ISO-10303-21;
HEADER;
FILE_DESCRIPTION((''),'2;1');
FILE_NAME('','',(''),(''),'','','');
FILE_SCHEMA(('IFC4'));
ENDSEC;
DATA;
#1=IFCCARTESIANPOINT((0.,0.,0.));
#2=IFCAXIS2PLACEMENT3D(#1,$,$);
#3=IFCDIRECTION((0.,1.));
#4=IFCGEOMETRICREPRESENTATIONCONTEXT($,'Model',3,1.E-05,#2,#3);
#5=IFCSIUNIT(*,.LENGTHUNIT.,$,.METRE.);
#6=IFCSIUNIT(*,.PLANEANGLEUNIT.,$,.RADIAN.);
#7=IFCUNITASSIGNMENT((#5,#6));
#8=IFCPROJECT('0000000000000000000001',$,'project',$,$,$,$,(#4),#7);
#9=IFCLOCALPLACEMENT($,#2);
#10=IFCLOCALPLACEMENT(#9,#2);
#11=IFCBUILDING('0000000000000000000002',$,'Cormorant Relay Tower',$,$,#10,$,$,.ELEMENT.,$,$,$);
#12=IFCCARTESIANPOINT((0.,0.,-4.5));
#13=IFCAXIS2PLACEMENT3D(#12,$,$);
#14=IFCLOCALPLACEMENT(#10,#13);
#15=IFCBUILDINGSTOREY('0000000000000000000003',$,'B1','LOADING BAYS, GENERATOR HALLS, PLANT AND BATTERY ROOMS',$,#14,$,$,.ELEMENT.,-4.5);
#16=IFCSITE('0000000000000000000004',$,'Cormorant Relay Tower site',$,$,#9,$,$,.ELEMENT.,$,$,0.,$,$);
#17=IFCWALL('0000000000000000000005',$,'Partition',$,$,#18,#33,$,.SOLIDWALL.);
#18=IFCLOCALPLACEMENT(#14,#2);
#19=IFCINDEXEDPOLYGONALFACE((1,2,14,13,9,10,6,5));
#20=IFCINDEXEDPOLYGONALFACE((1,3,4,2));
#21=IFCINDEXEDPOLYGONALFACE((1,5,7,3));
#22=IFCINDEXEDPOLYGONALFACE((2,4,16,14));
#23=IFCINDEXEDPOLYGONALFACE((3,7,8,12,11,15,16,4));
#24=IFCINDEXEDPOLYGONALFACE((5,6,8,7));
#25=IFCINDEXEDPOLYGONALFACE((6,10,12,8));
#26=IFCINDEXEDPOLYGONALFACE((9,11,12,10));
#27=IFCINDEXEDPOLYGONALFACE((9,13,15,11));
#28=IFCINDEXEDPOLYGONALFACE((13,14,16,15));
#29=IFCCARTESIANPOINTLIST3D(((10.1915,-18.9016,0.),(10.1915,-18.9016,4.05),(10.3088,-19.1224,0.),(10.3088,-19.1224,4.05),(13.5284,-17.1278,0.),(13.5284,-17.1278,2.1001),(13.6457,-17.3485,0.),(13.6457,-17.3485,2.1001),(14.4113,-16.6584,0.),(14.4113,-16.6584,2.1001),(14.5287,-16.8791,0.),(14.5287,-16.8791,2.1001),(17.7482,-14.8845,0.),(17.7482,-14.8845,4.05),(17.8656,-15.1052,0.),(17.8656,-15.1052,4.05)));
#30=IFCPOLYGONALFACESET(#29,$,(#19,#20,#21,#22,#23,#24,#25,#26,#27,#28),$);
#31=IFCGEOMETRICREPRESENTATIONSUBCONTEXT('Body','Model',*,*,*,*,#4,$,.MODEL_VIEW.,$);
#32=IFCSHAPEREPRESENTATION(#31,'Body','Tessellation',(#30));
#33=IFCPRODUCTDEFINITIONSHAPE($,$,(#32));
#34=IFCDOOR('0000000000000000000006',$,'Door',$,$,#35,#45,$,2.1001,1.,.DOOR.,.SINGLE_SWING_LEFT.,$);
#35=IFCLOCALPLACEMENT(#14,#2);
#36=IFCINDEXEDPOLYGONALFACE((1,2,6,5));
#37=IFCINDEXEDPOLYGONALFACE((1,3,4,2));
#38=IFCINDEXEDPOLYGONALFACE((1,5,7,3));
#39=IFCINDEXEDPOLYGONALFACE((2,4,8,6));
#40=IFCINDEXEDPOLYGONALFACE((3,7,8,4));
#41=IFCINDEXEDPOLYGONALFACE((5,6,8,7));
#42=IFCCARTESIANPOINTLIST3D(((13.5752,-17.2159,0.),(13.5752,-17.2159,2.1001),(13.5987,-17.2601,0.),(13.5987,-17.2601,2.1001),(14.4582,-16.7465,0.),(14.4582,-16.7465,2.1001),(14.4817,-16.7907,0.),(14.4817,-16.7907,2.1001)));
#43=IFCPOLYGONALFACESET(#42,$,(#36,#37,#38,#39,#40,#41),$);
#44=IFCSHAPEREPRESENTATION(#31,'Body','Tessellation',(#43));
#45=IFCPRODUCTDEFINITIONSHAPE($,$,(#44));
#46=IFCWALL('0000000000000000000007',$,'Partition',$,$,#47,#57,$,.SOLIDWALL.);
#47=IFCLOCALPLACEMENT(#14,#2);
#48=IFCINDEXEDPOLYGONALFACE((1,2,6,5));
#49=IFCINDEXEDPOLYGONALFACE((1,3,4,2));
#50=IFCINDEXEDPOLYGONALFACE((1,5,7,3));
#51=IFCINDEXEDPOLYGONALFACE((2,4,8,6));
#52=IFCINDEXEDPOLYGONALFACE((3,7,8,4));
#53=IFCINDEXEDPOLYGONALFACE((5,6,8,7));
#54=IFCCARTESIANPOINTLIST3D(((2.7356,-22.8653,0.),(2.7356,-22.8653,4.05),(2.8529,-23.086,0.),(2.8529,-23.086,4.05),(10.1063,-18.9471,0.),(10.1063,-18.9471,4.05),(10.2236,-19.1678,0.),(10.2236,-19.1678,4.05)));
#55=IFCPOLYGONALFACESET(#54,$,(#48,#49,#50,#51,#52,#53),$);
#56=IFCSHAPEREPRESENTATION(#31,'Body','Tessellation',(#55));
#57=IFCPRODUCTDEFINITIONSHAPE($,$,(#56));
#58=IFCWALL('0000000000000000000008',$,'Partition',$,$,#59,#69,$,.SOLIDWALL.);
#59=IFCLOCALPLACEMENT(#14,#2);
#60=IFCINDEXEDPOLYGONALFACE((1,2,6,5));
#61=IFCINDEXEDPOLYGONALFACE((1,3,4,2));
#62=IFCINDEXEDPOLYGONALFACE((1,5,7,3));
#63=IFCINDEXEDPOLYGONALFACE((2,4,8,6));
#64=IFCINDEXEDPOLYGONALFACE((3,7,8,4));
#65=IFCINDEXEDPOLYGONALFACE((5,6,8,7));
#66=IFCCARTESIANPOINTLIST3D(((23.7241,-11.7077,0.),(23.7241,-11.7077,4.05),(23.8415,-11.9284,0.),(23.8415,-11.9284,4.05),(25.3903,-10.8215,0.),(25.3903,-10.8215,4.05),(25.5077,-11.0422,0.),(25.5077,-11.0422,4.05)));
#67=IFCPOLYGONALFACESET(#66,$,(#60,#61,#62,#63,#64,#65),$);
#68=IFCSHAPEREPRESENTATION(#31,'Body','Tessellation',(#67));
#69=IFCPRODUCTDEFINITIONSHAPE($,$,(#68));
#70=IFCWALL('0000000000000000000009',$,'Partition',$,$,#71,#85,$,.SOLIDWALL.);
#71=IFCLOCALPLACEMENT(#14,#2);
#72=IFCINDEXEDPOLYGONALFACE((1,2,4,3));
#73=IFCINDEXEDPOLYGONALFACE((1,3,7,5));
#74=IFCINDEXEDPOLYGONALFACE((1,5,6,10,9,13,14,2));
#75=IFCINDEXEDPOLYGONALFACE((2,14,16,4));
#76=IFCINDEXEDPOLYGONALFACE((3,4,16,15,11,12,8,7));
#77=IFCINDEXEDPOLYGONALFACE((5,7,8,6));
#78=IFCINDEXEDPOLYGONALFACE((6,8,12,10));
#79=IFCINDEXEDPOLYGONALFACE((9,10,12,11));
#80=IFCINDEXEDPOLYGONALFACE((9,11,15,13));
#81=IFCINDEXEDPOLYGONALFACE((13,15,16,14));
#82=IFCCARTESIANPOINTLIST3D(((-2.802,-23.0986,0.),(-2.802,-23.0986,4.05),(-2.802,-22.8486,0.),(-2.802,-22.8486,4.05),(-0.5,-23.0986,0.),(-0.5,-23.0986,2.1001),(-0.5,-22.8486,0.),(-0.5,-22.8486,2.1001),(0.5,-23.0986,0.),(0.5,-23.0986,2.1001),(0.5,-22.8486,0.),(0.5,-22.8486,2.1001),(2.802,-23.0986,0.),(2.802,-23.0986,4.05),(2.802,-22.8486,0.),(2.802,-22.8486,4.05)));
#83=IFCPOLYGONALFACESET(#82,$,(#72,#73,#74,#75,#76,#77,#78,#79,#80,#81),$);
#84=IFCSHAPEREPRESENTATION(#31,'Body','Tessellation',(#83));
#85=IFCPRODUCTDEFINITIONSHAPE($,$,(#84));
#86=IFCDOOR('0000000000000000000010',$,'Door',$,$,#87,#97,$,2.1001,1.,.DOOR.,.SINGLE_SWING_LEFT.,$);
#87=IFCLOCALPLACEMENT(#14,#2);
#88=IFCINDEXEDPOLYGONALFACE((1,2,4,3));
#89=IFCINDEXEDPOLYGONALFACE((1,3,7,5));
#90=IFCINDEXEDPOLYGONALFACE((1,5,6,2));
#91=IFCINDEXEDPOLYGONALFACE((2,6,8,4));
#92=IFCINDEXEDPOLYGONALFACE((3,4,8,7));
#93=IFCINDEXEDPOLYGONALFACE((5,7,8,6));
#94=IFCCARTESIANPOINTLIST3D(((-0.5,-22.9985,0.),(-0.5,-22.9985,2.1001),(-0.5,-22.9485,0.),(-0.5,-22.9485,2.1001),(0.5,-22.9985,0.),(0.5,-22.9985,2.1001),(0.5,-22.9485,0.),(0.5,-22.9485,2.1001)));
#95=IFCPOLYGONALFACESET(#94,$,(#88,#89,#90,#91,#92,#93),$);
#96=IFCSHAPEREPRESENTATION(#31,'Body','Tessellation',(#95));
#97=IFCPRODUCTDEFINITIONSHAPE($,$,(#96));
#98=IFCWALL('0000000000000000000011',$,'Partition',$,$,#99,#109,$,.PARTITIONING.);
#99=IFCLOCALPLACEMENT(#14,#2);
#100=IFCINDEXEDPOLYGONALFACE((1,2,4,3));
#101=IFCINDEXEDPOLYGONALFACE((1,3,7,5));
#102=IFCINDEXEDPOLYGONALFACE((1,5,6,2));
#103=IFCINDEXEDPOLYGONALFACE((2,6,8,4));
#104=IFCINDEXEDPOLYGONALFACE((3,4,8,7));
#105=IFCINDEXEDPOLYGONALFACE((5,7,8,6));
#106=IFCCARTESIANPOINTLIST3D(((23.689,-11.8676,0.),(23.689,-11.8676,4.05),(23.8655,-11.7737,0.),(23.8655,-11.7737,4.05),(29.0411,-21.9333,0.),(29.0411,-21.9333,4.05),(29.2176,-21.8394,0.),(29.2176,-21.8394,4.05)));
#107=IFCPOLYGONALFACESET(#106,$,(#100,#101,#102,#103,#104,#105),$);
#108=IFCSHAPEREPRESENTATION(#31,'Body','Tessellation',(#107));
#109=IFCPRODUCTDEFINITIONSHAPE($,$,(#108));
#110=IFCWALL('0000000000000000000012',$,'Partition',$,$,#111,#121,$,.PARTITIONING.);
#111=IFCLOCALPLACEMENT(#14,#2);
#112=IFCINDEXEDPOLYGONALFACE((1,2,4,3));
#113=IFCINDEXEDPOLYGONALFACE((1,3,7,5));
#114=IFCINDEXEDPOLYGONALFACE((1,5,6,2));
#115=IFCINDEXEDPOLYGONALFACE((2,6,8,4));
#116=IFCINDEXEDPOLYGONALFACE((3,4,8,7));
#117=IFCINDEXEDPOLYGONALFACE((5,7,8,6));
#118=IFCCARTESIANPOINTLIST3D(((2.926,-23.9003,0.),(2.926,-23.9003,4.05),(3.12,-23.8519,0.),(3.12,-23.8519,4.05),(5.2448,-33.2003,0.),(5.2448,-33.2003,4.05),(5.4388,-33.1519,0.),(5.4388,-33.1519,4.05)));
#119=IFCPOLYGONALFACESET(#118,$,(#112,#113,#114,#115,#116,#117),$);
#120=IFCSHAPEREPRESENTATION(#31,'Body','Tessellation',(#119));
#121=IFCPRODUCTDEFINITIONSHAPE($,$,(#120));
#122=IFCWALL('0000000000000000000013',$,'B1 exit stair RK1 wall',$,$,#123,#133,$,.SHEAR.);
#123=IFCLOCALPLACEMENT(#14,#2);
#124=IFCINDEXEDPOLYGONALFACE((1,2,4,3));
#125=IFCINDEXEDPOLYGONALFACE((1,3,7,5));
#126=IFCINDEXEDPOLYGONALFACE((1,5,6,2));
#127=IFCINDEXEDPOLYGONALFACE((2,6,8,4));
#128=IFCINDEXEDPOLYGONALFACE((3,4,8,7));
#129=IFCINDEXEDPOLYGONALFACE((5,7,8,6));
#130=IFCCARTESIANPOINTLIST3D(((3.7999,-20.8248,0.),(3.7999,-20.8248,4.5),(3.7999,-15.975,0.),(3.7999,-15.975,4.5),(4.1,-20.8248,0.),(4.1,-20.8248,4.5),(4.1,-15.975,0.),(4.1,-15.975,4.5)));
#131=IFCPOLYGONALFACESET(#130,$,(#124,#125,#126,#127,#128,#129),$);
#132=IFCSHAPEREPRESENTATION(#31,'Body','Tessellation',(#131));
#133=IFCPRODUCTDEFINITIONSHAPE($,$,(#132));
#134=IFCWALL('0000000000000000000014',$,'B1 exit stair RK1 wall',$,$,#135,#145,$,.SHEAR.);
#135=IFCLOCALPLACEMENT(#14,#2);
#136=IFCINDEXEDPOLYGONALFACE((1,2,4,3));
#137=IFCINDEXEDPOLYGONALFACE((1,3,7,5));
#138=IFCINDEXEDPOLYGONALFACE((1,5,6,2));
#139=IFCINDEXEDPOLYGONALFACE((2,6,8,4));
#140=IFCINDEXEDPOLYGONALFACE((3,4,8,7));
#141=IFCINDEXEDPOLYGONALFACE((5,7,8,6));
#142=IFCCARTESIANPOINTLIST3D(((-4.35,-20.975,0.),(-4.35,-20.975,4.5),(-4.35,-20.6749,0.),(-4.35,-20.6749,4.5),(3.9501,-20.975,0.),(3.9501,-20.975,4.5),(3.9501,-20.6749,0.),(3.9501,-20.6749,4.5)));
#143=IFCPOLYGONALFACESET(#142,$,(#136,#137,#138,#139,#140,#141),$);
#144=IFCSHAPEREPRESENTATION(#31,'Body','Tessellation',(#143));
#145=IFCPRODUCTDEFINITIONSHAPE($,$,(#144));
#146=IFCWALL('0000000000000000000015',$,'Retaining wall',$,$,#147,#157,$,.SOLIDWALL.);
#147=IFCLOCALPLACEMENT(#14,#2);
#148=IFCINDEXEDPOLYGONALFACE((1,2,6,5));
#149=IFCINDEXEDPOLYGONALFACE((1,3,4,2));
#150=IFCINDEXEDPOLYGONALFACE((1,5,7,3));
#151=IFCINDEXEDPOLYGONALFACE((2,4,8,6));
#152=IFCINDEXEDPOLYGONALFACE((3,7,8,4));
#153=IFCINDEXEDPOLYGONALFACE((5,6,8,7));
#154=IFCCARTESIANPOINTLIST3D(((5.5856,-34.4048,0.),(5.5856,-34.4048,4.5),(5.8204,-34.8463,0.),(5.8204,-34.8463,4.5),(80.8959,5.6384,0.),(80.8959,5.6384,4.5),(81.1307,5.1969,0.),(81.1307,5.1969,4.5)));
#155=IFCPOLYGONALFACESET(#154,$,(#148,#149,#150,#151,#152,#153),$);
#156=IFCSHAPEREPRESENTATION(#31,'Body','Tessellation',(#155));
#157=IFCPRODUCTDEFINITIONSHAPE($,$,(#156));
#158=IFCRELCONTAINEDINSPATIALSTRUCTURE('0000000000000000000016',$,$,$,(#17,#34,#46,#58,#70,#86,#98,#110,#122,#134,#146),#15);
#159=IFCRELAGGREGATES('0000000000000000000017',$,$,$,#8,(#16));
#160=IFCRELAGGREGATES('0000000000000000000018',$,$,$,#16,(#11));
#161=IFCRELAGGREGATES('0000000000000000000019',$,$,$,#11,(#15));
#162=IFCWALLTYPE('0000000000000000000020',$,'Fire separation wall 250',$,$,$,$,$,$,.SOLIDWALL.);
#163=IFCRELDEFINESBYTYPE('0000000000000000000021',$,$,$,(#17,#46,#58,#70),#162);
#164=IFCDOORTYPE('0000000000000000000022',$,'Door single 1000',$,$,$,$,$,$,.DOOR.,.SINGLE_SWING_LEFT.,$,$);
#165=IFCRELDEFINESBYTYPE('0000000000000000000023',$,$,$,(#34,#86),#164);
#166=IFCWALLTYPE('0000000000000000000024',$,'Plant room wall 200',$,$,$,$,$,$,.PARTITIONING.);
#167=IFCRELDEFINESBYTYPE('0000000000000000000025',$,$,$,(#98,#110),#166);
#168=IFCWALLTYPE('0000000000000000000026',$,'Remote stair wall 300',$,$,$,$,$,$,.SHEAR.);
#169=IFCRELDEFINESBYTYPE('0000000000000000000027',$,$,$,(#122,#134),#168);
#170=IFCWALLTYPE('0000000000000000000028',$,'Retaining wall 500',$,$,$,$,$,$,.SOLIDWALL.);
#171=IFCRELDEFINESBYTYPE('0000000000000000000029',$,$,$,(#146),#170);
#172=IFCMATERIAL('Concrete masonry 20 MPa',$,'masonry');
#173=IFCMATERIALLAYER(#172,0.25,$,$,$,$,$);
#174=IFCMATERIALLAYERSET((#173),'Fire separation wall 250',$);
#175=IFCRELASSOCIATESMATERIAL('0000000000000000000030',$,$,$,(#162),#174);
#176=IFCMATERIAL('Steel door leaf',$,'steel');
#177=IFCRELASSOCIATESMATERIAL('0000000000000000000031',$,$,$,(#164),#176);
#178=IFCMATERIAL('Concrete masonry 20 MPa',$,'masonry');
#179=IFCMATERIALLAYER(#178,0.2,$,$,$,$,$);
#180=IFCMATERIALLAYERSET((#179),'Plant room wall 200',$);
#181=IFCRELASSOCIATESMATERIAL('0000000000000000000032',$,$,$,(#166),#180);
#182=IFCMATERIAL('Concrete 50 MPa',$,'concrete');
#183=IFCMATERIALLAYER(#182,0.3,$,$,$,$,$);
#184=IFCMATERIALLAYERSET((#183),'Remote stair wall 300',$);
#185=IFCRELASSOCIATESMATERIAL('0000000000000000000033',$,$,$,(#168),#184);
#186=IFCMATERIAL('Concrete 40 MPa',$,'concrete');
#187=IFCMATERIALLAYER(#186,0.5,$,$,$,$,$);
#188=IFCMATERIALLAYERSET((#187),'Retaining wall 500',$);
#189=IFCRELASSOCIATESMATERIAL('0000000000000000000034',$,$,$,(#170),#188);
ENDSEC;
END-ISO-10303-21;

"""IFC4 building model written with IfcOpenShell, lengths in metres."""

from ifc_helpers import new_model, si_unit, direction, frame, frame_2d, origin, place, context, subcontext, project, spatial, rectangle, extrude, material, layer, layer_set, type_object, element, fill, save


model = new_model("IFC4")

# Units and contexts
model_context = context("Model", 3, precision=1e-05, world=origin(), true_north=direction((0.0, 1.0)))
body_context = subcontext(model_context, "Body", "Model", "MODEL_VIEW")
ifc_project = project(units=[si_unit("LENGTHUNIT", "METRE"), si_unit("PLANEANGLEUNIT", "RADIAN")], contexts=[model_context])

# Site, building, storey
site_placement = place(None, origin())
site = spatial("IfcSite", under=ifc_project, at=site_placement, Name="Cormorant Relay Tower site", CompositionType="ELEMENT", RefElevation=0.0)
building_placement = place(site_placement, origin())
building = spatial("IfcBuilding", under=site, at=building_placement, Name="Cormorant Relay Tower", CompositionType="ELEMENT")
storey_placement = place(building_placement, frame((0.0, 0.0, -4.5)))
storey = spatial("IfcBuildingStorey", under=building, at=storey_placement, Name="B1", Description="LOADING BAYS, GENERATOR HALLS, PLANT AND BATTERY ROOMS", CompositionType="ELEMENT", Elevation=-4.5)

# Shared definitions
ifc_material_1 = material(Name="Concrete masonry 20 MPa", Category="masonry")
ifc_layer_1 = layer(ifc_material_1, 0.25)
ifc_layer_set_1 = layer_set([ifc_layer_1], Name="Fire separation wall 250")
wall_type_1 = type_object("IfcWallType", Name="Fire separation wall 250", PredefinedType="SOLIDWALL", material=ifc_layer_set_1)

# Wall, opening, door
wall_1_placement = place(storey_placement, frame((17.8069, -14.9949, 0.0), z_axis=(0.0, 0.0, 1.0), x_axis=(-0.882989, -0.469394, 0.0)))
wall_1 = element("IfcWall", 1, at=wall_1_placement, inside=storey, type_object=wall_type_1, Name="Partition", PredefinedType="SOLIDWALL", context=body_context, shape_type="SweptSolid", body=[
    extrude(rectangle(XDim=8.5581, YDim=0.25, at=frame_2d((4.2791, 0.0))), origin(), (0.0, 0.0, 1.0), 4.05),
])
opening_1_placement = place(wall_1_placement, frame((3.7791, 0.0, 0.0)))
opening_1 = element("IfcOpeningElement", 2, at=opening_1_placement, cuts=wall_1, PredefinedType="OPENING", context=body_context, shape_type="SweptSolid", body=[
    extrude(rectangle(XDim=1.0, YDim=2.1001, at=frame_2d((0.5, 1.05))), frame((0.0, 0.135, 0.0), z_axis=(0.0, -1.0, 0.0), x_axis=(1.0, 0.0, 0.0)), (0.0, 0.0, 1.0), 0.27),
])
ifc_material_2 = material(Name="Steel door leaf", Category="steel")
door_type_1 = type_object("IfcDoorType", Name="Door single 1000", OperationType="SINGLE_SWING_LEFT", PredefinedType="DOOR", material=ifc_material_2)
door_1_placement = place(opening_1_placement, origin())
door_1 = element("IfcDoor", 3, at=door_1_placement, inside=storey, type_object=door_type_1, Name="Door", OperationType="SINGLE_SWING_LEFT", OverallHeight=2.1001, OverallWidth=1.0, PredefinedType="DOOR", context=body_context, shape_type="SweptSolid", body=[
    extrude(rectangle(XDim=1.0, YDim=2.1001, at=frame_2d((0.5, 1.05))), frame((0.0, 0.0249, 0.0), z_axis=(0.0, -1.0, 0.0), x_axis=(1.0, 0.0, 0.0)), (0.0, 0.0, 1.0), 0.05),
])
fill(opening_1, door_1)

# Walls
wall_2_placement = place(storey_placement, frame((10.165, -19.0574, 0.0), z_axis=(0.0, 0.0, 1.0), x_axis=(-0.882988, -0.469396, 0.0)))
element("IfcWall", 4, at=wall_2_placement, inside=storey, type_object=wall_type_1, Name="Partition", PredefinedType="SOLIDWALL", context=body_context, shape_type="SweptSolid", body=[
    extrude(rectangle(XDim=8.3474, YDim=0.25, at=frame_2d((4.1738, 0.0))), origin(), (0.0, 0.0, 1.0), 4.05),
])
wall_3_placement = place(storey_placement, frame((25.449, -10.9319, 0.0), z_axis=(0.0, 0.0, 1.0), x_axis=(-0.88289, -0.469581, 0.0)))
element("IfcWall", 5, at=wall_3_placement, inside=storey, type_object=wall_type_1, Name="Partition", PredefinedType="SOLIDWALL", context=body_context, shape_type="SweptSolid", body=[
    extrude(rectangle(XDim=1.8872, YDim=0.25, at=frame_2d((0.9436, 0.0))), origin(), (0.0, 0.0, 1.0), 4.05),
])

# Wall, opening, door
wall_4_placement = place(storey_placement, frame((2.802, -22.9736, 0.0), z_axis=(0.0, 0.0, 1.0), x_axis=(-1.0, 0.0, 0.0)))
wall_4 = element("IfcWall", 6, at=wall_4_placement, inside=storey, type_object=wall_type_1, Name="Partition", PredefinedType="SOLIDWALL", context=body_context, shape_type="SweptSolid", body=[
    extrude(rectangle(XDim=5.604, YDim=0.25, at=frame_2d((2.802, 0.0))), origin(), (0.0, 0.0, 1.0), 4.05),
])
opening_2_placement = place(wall_4_placement, frame((2.302, 0.0, 0.0)))
opening_2 = element("IfcOpeningElement", 7, at=opening_2_placement, cuts=wall_4, PredefinedType="OPENING", context=body_context, shape_type="SweptSolid", body=[
    extrude(rectangle(XDim=1.0, YDim=2.1001, at=frame_2d((0.5, 1.05))), frame((0.0, 0.135, 0.0), z_axis=(0.0, -1.0, 0.0), x_axis=(1.0, 0.0, 0.0)), (0.0, 0.0, 1.0), 0.27),
])
door_2_placement = place(opening_2_placement, origin())
door_2 = element("IfcDoor", 8, at=door_2_placement, inside=storey, type_object=door_type_1, Name="Door", OperationType="SINGLE_SWING_LEFT", OverallHeight=2.1001, OverallWidth=1.0, PredefinedType="DOOR", context=body_context, shape_type="SweptSolid", body=[
    extrude(rectangle(XDim=1.0, YDim=2.1001, at=frame_2d((0.5, 1.05))), frame((0.0, 0.0249, 0.0), z_axis=(0.0, -1.0, 0.0), x_axis=(1.0, 0.0, 0.0)), (0.0, 0.0, 1.0), 0.05),
])
fill(opening_2, door_2)

# Walls
ifc_material_3 = material(Name="Concrete masonry 20 MPa", Category="masonry")
ifc_layer_2 = layer(ifc_material_3, 0.2)
ifc_layer_set_2 = layer_set([ifc_layer_2], Name="Plant room wall 200")
wall_type_2 = type_object("IfcWallType", Name="Plant room wall 200", PredefinedType="PARTITIONING", material=ifc_layer_set_2)
wall_5_placement = place(storey_placement, frame((29.1294, -21.8865, 0.0), z_axis=(0.0, 0.0, 1.0), x_axis=(-0.469474, 0.882946, 0.0)))
element("IfcWall", 9, at=wall_5_placement, inside=storey, type_object=wall_type_2, Name="Partition", PredefinedType="PARTITIONING", context=body_context, shape_type="SweptSolid", body=[
    extrude(rectangle(XDim=11.4001, YDim=0.2, at=frame_2d((5.7002, 0.0))), origin(), (0.0, 0.0, 1.0), 4.05),
])
wall_6_placement = place(storey_placement, frame((3.0229, -23.876, 0.0), z_axis=(0.0, 0.0, 1.0), x_axis=(0.24193, -0.970294, 0.0)))
element("IfcWall", 10, at=wall_6_placement, inside=storey, type_object=wall_type_2, Name="Partition", PredefinedType="PARTITIONING", context=body_context, shape_type="SweptSolid", body=[
    extrude(rectangle(XDim=9.5847, YDim=0.2, at=frame_2d((4.7925, 0.0))), origin(), (0.0, 0.0, 1.0), 4.05),
])
ifc_material_4 = material(Name="Concrete 50 MPa", Category="concrete")
ifc_layer_3 = layer(ifc_material_4, 0.3)
ifc_layer_set_3 = layer_set([ifc_layer_3], Name="Remote stair wall 300")
wall_type_3 = type_object("IfcWallType", Name="Remote stair wall 300", PredefinedType="SHEAR", material=ifc_layer_set_3)
wall_7_placement = place(storey_placement, frame((3.95, -15.9751, 0.0), z_axis=(0.0, 0.0, 1.0), x_axis=(0.0, -1.0, 0.0)))
element("IfcWall", 11, at=wall_7_placement, inside=storey, type_object=wall_type_3, Name="B1 exit stair RK1 wall", PredefinedType="SHEAR", context=body_context, shape_type="SweptSolid", body=[
    extrude(rectangle(XDim=4.8499, YDim=0.3, at=frame_2d((2.4248, 0.0))), origin(), (0.0, 0.0, 1.0), 4.5),
])
wall_8_placement = place(storey_placement, frame((3.95, -20.825, 0.0), z_axis=(0.0, 0.0, 1.0), x_axis=(-1.0, 0.0, 0.0)))
element("IfcWall", 12, at=wall_8_placement, inside=storey, type_object=wall_type_3, Name="B1 exit stair RK1 wall", PredefinedType="SHEAR", context=body_context, shape_type="SweptSolid", body=[
    extrude(rectangle(XDim=8.3, YDim=0.3, at=frame_2d((4.1499, 0.0))), origin(), (0.0, 0.0, 1.0), 4.5),
])
ifc_material_5 = material(Name="Concrete 40 MPa", Category="concrete")
ifc_layer_4 = layer(ifc_material_5, 0.5)
ifc_layer_set_4 = layer_set([ifc_layer_4], Name="Retaining wall 500")
wall_type_4 = type_object("IfcWallType", Name="Retaining wall 500", PredefinedType="SOLIDWALL", material=ifc_layer_set_4)
wall_9_placement = place(storey_placement, frame((5.7031, -34.6255, 0.0), z_axis=(0.0, 0.0, 1.0), x_axis=(0.882948, 0.469472, 0.0)))
element("IfcWall", 13, at=wall_9_placement, inside=storey, type_object=wall_type_4, Name="Retaining wall", PredefinedType="SOLIDWALL", context=body_context, shape_type="SweptSolid", body=[
    extrude(rectangle(XDim=85.2942, YDim=0.5, at=frame_2d((42.647, 0.0))), origin(), (0.0, 0.0, 1.0), 4.5),
])

save(model, "model.ifc")
